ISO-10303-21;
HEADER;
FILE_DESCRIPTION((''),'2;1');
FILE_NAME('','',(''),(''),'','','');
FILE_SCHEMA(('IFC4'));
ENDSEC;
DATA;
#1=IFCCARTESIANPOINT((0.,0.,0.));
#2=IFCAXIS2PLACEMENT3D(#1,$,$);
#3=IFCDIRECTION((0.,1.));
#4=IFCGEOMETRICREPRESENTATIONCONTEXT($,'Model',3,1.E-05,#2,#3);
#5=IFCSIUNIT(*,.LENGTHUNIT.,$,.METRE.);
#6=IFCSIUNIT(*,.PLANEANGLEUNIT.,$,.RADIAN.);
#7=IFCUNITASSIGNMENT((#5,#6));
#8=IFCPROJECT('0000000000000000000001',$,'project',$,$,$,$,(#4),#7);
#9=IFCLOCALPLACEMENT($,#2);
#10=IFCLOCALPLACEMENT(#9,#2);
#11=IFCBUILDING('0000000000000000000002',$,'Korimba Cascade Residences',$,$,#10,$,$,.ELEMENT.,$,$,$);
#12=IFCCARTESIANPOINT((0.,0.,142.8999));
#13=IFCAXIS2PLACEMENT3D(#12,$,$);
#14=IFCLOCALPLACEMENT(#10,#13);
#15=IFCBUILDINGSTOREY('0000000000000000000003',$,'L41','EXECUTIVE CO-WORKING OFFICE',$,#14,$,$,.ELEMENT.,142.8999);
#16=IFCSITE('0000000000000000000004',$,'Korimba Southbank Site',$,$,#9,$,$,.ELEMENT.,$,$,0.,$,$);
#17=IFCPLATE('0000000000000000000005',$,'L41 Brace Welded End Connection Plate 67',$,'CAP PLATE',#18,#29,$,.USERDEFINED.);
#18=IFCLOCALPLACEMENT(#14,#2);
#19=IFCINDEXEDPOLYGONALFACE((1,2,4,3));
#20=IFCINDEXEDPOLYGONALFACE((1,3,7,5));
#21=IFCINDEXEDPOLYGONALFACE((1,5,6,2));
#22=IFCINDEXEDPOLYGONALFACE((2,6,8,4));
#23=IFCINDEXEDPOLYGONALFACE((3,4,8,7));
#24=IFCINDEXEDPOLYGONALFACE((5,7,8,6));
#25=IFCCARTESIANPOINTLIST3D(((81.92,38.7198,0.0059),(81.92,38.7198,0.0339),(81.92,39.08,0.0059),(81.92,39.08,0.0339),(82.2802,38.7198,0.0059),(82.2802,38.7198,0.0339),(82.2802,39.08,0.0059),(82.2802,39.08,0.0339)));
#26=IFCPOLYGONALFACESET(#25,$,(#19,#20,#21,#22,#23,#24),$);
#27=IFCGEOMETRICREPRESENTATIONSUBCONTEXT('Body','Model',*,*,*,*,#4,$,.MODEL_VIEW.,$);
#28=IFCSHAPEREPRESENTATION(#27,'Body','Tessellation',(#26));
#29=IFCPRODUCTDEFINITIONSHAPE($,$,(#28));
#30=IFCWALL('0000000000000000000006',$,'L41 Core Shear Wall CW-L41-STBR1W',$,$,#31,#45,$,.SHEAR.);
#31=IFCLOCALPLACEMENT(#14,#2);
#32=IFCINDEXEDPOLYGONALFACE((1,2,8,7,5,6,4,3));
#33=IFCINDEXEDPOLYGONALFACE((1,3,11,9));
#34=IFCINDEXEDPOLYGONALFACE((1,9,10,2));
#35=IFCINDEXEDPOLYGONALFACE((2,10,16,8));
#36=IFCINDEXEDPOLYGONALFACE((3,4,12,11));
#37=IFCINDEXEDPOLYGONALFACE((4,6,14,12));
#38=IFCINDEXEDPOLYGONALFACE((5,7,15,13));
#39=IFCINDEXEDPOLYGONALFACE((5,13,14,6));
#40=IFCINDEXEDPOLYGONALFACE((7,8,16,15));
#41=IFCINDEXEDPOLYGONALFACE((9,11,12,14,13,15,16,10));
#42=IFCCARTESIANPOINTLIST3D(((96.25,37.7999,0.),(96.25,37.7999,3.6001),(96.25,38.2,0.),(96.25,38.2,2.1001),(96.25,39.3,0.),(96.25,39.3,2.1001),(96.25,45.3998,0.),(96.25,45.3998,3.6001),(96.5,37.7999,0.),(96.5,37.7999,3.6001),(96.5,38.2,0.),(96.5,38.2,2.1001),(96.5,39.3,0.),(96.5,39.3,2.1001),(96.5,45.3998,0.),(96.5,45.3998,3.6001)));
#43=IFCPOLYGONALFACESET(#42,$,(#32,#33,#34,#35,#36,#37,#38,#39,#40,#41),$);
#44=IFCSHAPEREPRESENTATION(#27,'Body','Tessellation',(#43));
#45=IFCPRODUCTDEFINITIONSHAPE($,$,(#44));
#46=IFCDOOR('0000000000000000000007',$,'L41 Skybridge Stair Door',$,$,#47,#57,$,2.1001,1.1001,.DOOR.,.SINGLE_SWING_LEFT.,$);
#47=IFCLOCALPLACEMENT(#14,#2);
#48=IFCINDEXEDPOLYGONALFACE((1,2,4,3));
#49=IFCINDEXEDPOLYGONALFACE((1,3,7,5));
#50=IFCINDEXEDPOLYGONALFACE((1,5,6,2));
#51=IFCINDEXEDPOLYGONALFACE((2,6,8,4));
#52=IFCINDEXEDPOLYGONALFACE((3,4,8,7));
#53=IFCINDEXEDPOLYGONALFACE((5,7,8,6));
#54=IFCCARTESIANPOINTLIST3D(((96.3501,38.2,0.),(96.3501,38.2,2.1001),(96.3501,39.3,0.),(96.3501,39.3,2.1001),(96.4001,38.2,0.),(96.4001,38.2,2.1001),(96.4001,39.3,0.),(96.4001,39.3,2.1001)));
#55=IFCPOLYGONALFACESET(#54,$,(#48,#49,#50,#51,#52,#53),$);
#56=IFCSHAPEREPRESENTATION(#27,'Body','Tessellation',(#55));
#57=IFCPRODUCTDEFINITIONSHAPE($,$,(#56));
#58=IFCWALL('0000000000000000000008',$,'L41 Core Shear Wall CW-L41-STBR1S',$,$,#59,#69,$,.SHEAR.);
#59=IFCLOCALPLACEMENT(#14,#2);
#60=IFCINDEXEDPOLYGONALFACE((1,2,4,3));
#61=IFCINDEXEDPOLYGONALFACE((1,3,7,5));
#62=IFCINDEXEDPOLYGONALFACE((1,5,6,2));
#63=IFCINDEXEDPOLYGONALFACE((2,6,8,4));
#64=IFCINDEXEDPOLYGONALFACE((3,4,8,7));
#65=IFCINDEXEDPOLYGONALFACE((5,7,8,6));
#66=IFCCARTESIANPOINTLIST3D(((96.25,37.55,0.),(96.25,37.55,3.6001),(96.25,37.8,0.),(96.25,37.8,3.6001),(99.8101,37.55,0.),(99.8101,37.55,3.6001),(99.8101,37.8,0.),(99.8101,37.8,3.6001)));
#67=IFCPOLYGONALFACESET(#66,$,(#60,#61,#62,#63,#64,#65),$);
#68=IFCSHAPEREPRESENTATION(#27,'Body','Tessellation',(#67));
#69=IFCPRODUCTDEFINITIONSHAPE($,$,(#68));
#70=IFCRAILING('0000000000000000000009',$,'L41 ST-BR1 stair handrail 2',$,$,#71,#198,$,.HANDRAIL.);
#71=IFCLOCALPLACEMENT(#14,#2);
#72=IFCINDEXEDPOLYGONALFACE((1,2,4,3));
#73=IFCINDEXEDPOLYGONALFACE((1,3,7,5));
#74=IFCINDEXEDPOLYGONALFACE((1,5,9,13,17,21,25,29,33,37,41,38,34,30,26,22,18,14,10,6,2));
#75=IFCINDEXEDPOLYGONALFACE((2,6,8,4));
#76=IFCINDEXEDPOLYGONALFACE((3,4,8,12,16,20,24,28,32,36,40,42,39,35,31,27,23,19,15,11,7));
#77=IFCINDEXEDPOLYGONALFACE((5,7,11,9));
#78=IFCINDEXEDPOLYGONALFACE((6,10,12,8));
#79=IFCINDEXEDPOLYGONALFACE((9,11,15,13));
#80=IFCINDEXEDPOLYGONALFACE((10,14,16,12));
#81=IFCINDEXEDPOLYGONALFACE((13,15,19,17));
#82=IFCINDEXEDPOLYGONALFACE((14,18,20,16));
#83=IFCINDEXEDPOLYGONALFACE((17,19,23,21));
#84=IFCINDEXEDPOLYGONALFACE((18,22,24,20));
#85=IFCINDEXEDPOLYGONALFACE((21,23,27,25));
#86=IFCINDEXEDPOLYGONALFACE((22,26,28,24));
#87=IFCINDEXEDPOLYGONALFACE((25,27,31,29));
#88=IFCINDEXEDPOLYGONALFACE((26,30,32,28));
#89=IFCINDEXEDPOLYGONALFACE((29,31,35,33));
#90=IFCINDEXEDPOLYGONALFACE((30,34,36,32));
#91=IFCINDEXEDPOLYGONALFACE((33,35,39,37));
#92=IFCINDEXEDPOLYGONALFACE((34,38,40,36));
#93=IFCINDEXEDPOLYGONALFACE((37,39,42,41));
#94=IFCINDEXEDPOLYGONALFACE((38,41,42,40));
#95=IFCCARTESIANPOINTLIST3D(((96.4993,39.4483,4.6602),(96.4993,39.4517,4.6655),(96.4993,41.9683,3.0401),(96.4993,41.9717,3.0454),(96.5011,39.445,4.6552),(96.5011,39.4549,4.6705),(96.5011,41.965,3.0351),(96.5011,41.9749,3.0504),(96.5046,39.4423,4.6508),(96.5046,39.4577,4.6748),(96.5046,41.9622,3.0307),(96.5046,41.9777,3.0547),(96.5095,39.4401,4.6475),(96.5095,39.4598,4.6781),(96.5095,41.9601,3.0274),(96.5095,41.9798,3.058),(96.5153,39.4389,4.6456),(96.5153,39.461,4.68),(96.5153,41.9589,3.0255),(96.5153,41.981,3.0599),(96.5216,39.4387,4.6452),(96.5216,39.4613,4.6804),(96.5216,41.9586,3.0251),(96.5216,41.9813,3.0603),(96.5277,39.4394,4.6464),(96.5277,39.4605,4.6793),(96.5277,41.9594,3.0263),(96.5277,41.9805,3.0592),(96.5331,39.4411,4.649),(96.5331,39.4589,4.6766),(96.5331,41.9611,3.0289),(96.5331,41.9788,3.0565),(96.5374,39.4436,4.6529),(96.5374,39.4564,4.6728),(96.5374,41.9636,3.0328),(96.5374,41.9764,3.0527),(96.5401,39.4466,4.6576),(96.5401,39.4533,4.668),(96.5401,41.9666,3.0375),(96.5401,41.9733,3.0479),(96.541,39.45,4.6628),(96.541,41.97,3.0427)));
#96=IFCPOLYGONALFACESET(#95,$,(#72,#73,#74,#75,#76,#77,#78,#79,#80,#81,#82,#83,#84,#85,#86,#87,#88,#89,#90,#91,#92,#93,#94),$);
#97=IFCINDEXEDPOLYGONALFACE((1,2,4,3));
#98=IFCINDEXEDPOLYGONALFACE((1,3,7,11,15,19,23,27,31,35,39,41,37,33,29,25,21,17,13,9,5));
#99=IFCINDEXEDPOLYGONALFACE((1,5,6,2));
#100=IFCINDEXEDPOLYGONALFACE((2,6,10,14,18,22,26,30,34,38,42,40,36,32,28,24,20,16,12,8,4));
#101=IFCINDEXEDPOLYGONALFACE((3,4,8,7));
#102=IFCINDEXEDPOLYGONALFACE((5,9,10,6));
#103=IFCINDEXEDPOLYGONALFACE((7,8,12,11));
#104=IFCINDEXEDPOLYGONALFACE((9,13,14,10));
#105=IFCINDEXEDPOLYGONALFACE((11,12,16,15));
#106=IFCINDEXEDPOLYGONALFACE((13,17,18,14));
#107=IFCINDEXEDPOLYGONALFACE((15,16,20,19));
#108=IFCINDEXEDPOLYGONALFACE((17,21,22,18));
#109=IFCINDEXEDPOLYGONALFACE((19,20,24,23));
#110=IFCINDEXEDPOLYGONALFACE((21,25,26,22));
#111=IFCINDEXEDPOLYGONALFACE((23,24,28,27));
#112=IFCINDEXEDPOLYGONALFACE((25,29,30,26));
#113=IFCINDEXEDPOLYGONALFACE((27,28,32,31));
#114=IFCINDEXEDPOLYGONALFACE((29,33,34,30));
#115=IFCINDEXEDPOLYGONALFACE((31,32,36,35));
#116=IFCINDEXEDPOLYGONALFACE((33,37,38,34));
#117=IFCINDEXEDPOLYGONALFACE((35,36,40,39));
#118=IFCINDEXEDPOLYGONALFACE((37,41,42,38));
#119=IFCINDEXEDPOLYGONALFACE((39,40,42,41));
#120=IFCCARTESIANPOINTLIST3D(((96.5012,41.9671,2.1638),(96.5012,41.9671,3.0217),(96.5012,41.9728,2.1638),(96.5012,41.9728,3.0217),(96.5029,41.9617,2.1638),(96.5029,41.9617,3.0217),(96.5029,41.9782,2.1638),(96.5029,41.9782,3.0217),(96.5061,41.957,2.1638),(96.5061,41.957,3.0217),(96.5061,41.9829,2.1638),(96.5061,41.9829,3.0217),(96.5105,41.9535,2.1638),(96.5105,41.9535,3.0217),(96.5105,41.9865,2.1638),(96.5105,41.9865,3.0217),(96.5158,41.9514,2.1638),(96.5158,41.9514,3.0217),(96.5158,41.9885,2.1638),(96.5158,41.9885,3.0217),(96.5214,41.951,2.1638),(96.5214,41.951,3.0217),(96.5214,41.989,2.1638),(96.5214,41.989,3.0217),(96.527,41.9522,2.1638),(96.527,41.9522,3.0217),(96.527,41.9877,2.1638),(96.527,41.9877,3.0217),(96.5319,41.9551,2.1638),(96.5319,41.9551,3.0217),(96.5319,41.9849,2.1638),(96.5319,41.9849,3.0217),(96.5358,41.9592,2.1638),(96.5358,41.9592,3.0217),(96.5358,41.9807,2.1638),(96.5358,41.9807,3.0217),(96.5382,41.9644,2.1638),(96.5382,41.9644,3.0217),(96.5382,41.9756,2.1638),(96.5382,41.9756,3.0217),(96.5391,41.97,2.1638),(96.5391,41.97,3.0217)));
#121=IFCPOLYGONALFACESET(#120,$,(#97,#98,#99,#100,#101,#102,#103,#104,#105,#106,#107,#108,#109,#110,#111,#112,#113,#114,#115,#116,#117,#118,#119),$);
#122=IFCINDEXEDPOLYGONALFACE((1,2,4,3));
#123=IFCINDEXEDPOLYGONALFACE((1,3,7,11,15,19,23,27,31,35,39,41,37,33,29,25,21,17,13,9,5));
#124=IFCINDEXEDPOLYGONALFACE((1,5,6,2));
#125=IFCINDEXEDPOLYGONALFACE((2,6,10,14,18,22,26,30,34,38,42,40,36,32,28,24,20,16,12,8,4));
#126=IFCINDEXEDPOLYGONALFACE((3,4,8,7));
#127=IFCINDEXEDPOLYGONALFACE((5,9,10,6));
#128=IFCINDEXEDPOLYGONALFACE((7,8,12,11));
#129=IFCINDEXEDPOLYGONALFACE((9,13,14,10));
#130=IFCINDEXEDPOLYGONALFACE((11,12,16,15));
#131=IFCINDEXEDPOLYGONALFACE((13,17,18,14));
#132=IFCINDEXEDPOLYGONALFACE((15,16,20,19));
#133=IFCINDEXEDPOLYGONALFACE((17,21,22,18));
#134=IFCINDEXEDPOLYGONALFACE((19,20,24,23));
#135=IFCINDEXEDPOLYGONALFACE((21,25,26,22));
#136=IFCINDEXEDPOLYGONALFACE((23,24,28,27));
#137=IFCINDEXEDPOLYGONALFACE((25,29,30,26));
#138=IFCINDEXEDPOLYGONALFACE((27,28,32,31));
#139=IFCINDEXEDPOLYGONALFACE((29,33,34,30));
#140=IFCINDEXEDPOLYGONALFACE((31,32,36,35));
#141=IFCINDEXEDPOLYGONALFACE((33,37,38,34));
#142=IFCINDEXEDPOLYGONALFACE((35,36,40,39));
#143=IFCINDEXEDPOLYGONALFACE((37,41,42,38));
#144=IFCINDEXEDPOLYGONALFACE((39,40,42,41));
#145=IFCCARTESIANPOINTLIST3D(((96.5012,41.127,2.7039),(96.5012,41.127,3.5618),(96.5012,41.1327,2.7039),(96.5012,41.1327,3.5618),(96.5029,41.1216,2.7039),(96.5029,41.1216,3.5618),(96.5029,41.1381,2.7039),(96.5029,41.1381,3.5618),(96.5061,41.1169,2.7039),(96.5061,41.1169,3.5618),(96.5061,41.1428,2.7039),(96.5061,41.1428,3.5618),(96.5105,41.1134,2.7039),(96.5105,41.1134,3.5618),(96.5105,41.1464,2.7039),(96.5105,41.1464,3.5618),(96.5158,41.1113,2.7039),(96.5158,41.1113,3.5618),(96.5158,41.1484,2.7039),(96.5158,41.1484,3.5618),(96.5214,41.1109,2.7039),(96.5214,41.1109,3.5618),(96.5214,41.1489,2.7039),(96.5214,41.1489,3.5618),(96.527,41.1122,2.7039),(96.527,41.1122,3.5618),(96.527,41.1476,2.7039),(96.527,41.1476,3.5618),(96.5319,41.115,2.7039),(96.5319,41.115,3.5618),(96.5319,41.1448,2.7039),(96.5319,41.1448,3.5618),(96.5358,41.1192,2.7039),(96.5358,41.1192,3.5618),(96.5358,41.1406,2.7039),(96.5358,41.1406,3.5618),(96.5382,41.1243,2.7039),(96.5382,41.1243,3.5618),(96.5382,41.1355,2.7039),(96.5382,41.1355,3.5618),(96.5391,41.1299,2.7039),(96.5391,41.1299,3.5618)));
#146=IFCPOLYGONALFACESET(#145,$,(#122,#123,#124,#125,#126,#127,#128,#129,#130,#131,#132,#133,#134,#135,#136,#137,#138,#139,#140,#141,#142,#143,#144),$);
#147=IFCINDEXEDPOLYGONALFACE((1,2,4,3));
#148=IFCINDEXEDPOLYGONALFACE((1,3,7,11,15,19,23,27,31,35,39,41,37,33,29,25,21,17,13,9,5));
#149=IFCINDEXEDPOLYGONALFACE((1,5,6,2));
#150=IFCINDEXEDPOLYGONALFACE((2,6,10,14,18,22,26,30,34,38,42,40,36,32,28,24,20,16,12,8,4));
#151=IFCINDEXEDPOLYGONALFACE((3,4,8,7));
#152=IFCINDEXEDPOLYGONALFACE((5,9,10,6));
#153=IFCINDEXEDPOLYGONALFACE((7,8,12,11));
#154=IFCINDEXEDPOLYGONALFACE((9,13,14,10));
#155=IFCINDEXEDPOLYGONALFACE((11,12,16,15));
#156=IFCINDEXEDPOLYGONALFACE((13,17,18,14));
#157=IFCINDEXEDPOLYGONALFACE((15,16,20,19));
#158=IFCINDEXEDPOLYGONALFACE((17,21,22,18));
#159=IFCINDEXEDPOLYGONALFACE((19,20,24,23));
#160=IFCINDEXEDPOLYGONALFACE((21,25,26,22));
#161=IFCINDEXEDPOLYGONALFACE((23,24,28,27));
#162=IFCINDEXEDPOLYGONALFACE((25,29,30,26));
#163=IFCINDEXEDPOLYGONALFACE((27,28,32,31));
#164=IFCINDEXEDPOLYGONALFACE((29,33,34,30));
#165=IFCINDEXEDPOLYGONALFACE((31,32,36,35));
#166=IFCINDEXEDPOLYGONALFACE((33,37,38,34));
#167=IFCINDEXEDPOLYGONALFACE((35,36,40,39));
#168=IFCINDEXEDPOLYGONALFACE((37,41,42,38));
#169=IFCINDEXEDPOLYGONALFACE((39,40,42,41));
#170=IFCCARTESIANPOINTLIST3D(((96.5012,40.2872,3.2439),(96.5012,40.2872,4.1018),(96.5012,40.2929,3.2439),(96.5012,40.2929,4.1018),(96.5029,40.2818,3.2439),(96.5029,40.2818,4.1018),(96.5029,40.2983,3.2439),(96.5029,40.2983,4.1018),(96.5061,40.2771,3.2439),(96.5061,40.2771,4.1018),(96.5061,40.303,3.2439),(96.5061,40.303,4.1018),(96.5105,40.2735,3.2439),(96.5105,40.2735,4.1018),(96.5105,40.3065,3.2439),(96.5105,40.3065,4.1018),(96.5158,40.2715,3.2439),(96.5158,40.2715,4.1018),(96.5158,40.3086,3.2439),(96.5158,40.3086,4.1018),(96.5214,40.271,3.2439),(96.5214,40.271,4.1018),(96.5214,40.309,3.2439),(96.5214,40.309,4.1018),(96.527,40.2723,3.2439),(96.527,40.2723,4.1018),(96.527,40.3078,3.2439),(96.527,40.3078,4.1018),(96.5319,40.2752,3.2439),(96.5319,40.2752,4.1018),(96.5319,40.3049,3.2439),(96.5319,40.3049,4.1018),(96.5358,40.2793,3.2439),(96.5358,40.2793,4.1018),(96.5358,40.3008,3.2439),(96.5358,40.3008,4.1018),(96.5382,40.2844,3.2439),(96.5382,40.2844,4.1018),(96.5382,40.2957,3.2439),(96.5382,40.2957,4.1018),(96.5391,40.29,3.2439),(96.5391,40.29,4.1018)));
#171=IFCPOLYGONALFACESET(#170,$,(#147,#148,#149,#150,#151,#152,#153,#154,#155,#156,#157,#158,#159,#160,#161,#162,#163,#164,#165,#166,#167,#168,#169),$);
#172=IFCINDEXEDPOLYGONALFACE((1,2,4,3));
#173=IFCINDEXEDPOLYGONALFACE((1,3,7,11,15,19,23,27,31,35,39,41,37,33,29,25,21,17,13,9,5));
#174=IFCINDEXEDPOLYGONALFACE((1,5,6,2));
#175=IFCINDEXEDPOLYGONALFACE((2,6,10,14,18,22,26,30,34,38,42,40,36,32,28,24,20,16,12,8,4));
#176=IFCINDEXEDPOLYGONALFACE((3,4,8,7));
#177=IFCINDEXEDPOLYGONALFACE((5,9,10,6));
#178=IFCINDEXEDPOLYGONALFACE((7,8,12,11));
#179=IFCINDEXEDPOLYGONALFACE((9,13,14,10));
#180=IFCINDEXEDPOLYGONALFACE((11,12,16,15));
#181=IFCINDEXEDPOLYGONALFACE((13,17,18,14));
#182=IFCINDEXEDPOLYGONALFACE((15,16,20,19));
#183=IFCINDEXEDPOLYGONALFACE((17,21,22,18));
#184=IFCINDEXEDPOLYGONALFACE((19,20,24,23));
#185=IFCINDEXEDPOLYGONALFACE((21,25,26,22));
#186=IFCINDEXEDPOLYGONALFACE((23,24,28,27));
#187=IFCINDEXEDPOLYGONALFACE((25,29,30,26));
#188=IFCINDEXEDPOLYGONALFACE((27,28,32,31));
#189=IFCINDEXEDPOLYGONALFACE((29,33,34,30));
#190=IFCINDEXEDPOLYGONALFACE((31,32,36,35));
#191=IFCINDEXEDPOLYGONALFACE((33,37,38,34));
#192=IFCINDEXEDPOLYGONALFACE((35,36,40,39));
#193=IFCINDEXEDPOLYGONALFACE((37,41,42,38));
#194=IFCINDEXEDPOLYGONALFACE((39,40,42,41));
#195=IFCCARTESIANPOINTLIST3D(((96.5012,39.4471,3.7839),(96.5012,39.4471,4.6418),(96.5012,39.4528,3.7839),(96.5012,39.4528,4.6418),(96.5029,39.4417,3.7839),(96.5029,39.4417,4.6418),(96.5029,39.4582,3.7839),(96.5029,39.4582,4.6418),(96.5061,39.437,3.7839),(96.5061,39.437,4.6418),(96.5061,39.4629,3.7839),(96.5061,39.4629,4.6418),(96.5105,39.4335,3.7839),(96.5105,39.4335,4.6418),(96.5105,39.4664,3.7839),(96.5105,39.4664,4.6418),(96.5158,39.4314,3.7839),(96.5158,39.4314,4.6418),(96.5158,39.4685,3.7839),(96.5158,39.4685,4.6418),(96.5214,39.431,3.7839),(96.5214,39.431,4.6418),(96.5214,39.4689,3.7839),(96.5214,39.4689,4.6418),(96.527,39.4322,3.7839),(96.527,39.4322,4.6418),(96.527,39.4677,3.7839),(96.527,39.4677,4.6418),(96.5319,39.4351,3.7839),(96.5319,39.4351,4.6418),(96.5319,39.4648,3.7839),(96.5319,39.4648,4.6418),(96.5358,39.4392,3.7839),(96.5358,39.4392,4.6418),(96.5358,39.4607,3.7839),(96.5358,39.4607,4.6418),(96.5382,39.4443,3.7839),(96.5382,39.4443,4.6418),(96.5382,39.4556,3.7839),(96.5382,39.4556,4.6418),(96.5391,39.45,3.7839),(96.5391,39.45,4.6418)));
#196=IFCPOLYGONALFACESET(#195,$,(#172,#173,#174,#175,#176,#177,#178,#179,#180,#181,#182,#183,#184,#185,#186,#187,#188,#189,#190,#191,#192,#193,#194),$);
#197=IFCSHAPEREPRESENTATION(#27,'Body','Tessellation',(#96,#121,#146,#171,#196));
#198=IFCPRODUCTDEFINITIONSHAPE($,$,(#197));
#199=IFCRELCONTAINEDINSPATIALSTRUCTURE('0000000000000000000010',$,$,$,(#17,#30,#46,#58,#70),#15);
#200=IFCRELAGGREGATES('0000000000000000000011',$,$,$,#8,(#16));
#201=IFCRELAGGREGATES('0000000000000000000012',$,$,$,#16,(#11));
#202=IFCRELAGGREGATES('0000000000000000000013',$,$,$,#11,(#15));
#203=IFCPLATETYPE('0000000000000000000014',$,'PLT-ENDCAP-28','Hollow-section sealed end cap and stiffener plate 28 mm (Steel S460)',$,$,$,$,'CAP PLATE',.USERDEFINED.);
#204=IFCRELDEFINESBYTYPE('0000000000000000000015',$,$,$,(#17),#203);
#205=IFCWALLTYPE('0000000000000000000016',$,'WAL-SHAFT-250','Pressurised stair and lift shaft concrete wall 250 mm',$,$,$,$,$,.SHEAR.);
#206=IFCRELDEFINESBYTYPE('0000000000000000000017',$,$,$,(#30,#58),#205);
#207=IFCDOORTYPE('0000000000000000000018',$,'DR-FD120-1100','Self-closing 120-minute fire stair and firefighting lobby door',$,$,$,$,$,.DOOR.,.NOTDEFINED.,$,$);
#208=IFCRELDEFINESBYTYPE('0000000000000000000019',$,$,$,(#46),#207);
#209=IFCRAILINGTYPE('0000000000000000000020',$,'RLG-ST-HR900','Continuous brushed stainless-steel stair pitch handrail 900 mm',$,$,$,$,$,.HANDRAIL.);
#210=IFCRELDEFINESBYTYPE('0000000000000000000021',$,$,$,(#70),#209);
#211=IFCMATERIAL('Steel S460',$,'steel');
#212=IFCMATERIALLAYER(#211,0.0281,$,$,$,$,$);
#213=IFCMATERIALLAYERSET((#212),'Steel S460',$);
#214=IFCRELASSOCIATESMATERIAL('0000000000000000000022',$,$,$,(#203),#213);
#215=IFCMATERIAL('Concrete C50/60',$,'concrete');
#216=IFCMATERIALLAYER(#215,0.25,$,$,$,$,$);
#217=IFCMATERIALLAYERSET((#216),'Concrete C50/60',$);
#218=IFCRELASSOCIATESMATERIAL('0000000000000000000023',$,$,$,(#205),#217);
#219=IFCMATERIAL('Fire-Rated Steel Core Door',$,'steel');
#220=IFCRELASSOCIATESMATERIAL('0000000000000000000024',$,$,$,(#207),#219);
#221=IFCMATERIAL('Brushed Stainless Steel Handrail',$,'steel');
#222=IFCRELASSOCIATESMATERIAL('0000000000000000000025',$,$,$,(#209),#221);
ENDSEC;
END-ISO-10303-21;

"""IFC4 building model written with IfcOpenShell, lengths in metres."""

from ifc_helpers import new_model, si_unit, direction, frame, frame_2d, origin, origin_2d, place, context, subcontext, project, spatial, rectangle, circle, extrude, material, layer, layer_set, type_object, element, fill, save


model = new_model("IFC4")

# Units and contexts
model_context = context("Model", 3, precision=1e-05, world=origin(), true_north=direction((0.0, 1.0)))
body_context = subcontext(model_context, "Body", "Model", "MODEL_VIEW")
ifc_project = project(units=[si_unit("LENGTHUNIT", "METRE"), si_unit("PLANEANGLEUNIT", "RADIAN")], contexts=[model_context])

# Site, building, storey
site_placement = place(None, origin())
site = spatial("IfcSite", under=ifc_project, at=site_placement, Name="Korimba Southbank Site", CompositionType="ELEMENT", RefElevation=0.0)
building_placement = place(site_placement, origin())
building = spatial("IfcBuilding", under=site, at=building_placement, Name="Korimba Cascade Residences", CompositionType="ELEMENT")
storey_placement = place(building_placement, frame((0.0, 0.0, 142.8999)))
storey = spatial("IfcBuildingStorey", under=building, at=storey_placement, Name="L41", Description="EXECUTIVE CO-WORKING OFFICE", CompositionType="ELEMENT", Elevation=142.8999)

# Plate
ifc_material_1 = material(Name="Steel S460", Category="steel")
ifc_layer_1 = layer(ifc_material_1, 0.0281)
ifc_layer_set_1 = layer_set([ifc_layer_1], Name="Steel S460")
plate_type_1 = type_object("IfcPlateType", Name="PLT-ENDCAP-28", Description="Hollow-section sealed end cap and stiffener plate 28 mm (Steel S460)", ElementType="CAP PLATE", PredefinedType="USERDEFINED", material=ifc_layer_set_1)
plate_1_placement = place(storey_placement, frame((82.1001, 38.8999, 0.0059), z_axis=(0.0, 0.0, 1.0), x_axis=(1.0, 0.0, 0.0)))
element("IfcPlate", 1, at=plate_1_placement, inside=storey, type_object=plate_type_1, Name="L41 Brace Welded End Connection Plate 67", ObjectType="CAP PLATE", PredefinedType="USERDEFINED", context=body_context, shape_type="SweptSolid", body=[
    extrude(rectangle(XDim=0.3601, YDim=0.3601, at=origin_2d()), origin(), (0.0, 0.0, 1.0), 0.0281),
])

# Wall, opening, door
ifc_material_2 = material(Name="Concrete C50/60", Category="concrete")
ifc_layer_2 = layer(ifc_material_2, 0.25)
ifc_layer_set_2 = layer_set([ifc_layer_2], Name="Concrete C50/60")
wall_type = type_object("IfcWallType", Name="WAL-SHAFT-250", Description="Pressurised stair and lift shaft concrete wall 250 mm", PredefinedType="SHEAR", material=ifc_layer_set_2)
wall_1_placement = place(storey_placement, frame((96.375, 37.8, 0.0), z_axis=(0.0, 0.0, 1.0), x_axis=(0.0, 1.0, 0.0)))
wall_1 = element("IfcWall", 2, at=wall_1_placement, inside=storey, type_object=wall_type, Name="L41 Core Shear Wall CW-L41-STBR1W", PredefinedType="SHEAR", context=body_context, shape_type="SweptSolid", body=[
    extrude(rectangle(XDim=7.5999, YDim=0.25, at=frame_2d((3.7998, 0.0))), origin(), (0.0, 0.0, 1.0), 3.6001),
])
opening_placement = place(wall_1_placement, frame((0.3999, 0.0, 0.0)))
opening = element("IfcOpeningElement", 3, at=opening_placement, cuts=wall_1, PredefinedType="OPENING", context=body_context, shape_type="SweptSolid", body=[
    extrude(rectangle(XDim=1.1001, YDim=2.1001, at=frame_2d((0.55, 1.05))), frame((0.0, 0.135, 0.0), z_axis=(0.0, -1.0, 0.0), x_axis=(1.0, 0.0, 0.0)), (0.0, 0.0, 1.0), 0.27),
])
ifc_material_3 = material(Name="Fire-Rated Steel Core Door", Category="steel")
door_type = type_object("IfcDoorType", Name="DR-FD120-1100", Description="Self-closing 120-minute fire stair and firefighting lobby door", OperationType="NOTDEFINED", PredefinedType="DOOR", material=ifc_material_3)
door_placement = place(opening_placement, origin())
door = element("IfcDoor", 4, at=door_placement, inside=storey, type_object=door_type, Name="L41 Skybridge Stair Door", OperationType="SINGLE_SWING_LEFT", OverallHeight=2.1001, OverallWidth=1.1001, PredefinedType="DOOR", context=body_context, shape_type="SweptSolid", body=[
    extrude(rectangle(XDim=1.1001, YDim=2.1001, at=frame_2d((0.55, 1.05))), frame((0.0, 0.0249, 0.0), z_axis=(0.0, -1.0, 0.0), x_axis=(1.0, 0.0, 0.0)), (0.0, 0.0, 1.0), 0.05),
])
fill(opening, door)

# Wall
wall_2_placement = place(storey_placement, frame((96.25, 37.675, 0.0), z_axis=(0.0, 0.0, 1.0), x_axis=(1.0, 0.0, 0.0)))
element("IfcWall", 5, at=wall_2_placement, inside=storey, type_object=wall_type, Name="L41 Core Shear Wall CW-L41-STBR1S", PredefinedType="SHEAR", context=body_context, shape_type="SweptSolid", body=[
    extrude(rectangle(XDim=3.5601, YDim=0.25, at=frame_2d((1.78, 0.0))), origin(), (0.0, 0.0, 1.0), 3.6001),
])

# Railing
ifc_material_4 = material(Name="Brushed Stainless Steel Handrail", Category="steel")
railing_type = type_object("IfcRailingType", Name="RLG-ST-HR900", Description="Continuous brushed stainless-steel stair pitch handrail 900 mm", PredefinedType="HANDRAIL", material=ifc_material_4)
railing_placement = place(storey_placement, frame((96.52, 41.97, 2.1638)))
element("IfcRailing", 6, at=railing_placement, inside=storey, type_object=railing_type, Name="L41 ST-BR1 stair handrail 2", PredefinedType="HANDRAIL", context=body_context, shape_type="SweptSolid", body=[
    extrude(circle(Radius=0.021, at=origin_2d()), frame((0.0, 0.0, 0.8789), z_axis=(0.0, -0.841163, 0.540782), x_axis=(1.0, 0.0, 0.0)), (0.0, 0.0, 1.0), 2.9958),
    extrude(circle(Radius=0.019, at=origin_2d()), origin(), (0.0, 0.0, 1.0), 0.8579),
    extrude(circle(Radius=0.019, at=origin_2d()), frame((0.0, -0.8401, 0.54)), (0.0, 0.0, 1.0), 0.8579),
    extrude(circle(Radius=0.019, at=origin_2d()), frame((0.0, -1.6799, 1.0801)), (0.0, 0.0, 1.0), 0.8579),
    extrude(circle(Radius=0.019, at=origin_2d()), frame((0.0, -2.52, 1.6201)), (0.0, 0.0, 1.0), 0.8579),
])

save(model, "model.ifc")
